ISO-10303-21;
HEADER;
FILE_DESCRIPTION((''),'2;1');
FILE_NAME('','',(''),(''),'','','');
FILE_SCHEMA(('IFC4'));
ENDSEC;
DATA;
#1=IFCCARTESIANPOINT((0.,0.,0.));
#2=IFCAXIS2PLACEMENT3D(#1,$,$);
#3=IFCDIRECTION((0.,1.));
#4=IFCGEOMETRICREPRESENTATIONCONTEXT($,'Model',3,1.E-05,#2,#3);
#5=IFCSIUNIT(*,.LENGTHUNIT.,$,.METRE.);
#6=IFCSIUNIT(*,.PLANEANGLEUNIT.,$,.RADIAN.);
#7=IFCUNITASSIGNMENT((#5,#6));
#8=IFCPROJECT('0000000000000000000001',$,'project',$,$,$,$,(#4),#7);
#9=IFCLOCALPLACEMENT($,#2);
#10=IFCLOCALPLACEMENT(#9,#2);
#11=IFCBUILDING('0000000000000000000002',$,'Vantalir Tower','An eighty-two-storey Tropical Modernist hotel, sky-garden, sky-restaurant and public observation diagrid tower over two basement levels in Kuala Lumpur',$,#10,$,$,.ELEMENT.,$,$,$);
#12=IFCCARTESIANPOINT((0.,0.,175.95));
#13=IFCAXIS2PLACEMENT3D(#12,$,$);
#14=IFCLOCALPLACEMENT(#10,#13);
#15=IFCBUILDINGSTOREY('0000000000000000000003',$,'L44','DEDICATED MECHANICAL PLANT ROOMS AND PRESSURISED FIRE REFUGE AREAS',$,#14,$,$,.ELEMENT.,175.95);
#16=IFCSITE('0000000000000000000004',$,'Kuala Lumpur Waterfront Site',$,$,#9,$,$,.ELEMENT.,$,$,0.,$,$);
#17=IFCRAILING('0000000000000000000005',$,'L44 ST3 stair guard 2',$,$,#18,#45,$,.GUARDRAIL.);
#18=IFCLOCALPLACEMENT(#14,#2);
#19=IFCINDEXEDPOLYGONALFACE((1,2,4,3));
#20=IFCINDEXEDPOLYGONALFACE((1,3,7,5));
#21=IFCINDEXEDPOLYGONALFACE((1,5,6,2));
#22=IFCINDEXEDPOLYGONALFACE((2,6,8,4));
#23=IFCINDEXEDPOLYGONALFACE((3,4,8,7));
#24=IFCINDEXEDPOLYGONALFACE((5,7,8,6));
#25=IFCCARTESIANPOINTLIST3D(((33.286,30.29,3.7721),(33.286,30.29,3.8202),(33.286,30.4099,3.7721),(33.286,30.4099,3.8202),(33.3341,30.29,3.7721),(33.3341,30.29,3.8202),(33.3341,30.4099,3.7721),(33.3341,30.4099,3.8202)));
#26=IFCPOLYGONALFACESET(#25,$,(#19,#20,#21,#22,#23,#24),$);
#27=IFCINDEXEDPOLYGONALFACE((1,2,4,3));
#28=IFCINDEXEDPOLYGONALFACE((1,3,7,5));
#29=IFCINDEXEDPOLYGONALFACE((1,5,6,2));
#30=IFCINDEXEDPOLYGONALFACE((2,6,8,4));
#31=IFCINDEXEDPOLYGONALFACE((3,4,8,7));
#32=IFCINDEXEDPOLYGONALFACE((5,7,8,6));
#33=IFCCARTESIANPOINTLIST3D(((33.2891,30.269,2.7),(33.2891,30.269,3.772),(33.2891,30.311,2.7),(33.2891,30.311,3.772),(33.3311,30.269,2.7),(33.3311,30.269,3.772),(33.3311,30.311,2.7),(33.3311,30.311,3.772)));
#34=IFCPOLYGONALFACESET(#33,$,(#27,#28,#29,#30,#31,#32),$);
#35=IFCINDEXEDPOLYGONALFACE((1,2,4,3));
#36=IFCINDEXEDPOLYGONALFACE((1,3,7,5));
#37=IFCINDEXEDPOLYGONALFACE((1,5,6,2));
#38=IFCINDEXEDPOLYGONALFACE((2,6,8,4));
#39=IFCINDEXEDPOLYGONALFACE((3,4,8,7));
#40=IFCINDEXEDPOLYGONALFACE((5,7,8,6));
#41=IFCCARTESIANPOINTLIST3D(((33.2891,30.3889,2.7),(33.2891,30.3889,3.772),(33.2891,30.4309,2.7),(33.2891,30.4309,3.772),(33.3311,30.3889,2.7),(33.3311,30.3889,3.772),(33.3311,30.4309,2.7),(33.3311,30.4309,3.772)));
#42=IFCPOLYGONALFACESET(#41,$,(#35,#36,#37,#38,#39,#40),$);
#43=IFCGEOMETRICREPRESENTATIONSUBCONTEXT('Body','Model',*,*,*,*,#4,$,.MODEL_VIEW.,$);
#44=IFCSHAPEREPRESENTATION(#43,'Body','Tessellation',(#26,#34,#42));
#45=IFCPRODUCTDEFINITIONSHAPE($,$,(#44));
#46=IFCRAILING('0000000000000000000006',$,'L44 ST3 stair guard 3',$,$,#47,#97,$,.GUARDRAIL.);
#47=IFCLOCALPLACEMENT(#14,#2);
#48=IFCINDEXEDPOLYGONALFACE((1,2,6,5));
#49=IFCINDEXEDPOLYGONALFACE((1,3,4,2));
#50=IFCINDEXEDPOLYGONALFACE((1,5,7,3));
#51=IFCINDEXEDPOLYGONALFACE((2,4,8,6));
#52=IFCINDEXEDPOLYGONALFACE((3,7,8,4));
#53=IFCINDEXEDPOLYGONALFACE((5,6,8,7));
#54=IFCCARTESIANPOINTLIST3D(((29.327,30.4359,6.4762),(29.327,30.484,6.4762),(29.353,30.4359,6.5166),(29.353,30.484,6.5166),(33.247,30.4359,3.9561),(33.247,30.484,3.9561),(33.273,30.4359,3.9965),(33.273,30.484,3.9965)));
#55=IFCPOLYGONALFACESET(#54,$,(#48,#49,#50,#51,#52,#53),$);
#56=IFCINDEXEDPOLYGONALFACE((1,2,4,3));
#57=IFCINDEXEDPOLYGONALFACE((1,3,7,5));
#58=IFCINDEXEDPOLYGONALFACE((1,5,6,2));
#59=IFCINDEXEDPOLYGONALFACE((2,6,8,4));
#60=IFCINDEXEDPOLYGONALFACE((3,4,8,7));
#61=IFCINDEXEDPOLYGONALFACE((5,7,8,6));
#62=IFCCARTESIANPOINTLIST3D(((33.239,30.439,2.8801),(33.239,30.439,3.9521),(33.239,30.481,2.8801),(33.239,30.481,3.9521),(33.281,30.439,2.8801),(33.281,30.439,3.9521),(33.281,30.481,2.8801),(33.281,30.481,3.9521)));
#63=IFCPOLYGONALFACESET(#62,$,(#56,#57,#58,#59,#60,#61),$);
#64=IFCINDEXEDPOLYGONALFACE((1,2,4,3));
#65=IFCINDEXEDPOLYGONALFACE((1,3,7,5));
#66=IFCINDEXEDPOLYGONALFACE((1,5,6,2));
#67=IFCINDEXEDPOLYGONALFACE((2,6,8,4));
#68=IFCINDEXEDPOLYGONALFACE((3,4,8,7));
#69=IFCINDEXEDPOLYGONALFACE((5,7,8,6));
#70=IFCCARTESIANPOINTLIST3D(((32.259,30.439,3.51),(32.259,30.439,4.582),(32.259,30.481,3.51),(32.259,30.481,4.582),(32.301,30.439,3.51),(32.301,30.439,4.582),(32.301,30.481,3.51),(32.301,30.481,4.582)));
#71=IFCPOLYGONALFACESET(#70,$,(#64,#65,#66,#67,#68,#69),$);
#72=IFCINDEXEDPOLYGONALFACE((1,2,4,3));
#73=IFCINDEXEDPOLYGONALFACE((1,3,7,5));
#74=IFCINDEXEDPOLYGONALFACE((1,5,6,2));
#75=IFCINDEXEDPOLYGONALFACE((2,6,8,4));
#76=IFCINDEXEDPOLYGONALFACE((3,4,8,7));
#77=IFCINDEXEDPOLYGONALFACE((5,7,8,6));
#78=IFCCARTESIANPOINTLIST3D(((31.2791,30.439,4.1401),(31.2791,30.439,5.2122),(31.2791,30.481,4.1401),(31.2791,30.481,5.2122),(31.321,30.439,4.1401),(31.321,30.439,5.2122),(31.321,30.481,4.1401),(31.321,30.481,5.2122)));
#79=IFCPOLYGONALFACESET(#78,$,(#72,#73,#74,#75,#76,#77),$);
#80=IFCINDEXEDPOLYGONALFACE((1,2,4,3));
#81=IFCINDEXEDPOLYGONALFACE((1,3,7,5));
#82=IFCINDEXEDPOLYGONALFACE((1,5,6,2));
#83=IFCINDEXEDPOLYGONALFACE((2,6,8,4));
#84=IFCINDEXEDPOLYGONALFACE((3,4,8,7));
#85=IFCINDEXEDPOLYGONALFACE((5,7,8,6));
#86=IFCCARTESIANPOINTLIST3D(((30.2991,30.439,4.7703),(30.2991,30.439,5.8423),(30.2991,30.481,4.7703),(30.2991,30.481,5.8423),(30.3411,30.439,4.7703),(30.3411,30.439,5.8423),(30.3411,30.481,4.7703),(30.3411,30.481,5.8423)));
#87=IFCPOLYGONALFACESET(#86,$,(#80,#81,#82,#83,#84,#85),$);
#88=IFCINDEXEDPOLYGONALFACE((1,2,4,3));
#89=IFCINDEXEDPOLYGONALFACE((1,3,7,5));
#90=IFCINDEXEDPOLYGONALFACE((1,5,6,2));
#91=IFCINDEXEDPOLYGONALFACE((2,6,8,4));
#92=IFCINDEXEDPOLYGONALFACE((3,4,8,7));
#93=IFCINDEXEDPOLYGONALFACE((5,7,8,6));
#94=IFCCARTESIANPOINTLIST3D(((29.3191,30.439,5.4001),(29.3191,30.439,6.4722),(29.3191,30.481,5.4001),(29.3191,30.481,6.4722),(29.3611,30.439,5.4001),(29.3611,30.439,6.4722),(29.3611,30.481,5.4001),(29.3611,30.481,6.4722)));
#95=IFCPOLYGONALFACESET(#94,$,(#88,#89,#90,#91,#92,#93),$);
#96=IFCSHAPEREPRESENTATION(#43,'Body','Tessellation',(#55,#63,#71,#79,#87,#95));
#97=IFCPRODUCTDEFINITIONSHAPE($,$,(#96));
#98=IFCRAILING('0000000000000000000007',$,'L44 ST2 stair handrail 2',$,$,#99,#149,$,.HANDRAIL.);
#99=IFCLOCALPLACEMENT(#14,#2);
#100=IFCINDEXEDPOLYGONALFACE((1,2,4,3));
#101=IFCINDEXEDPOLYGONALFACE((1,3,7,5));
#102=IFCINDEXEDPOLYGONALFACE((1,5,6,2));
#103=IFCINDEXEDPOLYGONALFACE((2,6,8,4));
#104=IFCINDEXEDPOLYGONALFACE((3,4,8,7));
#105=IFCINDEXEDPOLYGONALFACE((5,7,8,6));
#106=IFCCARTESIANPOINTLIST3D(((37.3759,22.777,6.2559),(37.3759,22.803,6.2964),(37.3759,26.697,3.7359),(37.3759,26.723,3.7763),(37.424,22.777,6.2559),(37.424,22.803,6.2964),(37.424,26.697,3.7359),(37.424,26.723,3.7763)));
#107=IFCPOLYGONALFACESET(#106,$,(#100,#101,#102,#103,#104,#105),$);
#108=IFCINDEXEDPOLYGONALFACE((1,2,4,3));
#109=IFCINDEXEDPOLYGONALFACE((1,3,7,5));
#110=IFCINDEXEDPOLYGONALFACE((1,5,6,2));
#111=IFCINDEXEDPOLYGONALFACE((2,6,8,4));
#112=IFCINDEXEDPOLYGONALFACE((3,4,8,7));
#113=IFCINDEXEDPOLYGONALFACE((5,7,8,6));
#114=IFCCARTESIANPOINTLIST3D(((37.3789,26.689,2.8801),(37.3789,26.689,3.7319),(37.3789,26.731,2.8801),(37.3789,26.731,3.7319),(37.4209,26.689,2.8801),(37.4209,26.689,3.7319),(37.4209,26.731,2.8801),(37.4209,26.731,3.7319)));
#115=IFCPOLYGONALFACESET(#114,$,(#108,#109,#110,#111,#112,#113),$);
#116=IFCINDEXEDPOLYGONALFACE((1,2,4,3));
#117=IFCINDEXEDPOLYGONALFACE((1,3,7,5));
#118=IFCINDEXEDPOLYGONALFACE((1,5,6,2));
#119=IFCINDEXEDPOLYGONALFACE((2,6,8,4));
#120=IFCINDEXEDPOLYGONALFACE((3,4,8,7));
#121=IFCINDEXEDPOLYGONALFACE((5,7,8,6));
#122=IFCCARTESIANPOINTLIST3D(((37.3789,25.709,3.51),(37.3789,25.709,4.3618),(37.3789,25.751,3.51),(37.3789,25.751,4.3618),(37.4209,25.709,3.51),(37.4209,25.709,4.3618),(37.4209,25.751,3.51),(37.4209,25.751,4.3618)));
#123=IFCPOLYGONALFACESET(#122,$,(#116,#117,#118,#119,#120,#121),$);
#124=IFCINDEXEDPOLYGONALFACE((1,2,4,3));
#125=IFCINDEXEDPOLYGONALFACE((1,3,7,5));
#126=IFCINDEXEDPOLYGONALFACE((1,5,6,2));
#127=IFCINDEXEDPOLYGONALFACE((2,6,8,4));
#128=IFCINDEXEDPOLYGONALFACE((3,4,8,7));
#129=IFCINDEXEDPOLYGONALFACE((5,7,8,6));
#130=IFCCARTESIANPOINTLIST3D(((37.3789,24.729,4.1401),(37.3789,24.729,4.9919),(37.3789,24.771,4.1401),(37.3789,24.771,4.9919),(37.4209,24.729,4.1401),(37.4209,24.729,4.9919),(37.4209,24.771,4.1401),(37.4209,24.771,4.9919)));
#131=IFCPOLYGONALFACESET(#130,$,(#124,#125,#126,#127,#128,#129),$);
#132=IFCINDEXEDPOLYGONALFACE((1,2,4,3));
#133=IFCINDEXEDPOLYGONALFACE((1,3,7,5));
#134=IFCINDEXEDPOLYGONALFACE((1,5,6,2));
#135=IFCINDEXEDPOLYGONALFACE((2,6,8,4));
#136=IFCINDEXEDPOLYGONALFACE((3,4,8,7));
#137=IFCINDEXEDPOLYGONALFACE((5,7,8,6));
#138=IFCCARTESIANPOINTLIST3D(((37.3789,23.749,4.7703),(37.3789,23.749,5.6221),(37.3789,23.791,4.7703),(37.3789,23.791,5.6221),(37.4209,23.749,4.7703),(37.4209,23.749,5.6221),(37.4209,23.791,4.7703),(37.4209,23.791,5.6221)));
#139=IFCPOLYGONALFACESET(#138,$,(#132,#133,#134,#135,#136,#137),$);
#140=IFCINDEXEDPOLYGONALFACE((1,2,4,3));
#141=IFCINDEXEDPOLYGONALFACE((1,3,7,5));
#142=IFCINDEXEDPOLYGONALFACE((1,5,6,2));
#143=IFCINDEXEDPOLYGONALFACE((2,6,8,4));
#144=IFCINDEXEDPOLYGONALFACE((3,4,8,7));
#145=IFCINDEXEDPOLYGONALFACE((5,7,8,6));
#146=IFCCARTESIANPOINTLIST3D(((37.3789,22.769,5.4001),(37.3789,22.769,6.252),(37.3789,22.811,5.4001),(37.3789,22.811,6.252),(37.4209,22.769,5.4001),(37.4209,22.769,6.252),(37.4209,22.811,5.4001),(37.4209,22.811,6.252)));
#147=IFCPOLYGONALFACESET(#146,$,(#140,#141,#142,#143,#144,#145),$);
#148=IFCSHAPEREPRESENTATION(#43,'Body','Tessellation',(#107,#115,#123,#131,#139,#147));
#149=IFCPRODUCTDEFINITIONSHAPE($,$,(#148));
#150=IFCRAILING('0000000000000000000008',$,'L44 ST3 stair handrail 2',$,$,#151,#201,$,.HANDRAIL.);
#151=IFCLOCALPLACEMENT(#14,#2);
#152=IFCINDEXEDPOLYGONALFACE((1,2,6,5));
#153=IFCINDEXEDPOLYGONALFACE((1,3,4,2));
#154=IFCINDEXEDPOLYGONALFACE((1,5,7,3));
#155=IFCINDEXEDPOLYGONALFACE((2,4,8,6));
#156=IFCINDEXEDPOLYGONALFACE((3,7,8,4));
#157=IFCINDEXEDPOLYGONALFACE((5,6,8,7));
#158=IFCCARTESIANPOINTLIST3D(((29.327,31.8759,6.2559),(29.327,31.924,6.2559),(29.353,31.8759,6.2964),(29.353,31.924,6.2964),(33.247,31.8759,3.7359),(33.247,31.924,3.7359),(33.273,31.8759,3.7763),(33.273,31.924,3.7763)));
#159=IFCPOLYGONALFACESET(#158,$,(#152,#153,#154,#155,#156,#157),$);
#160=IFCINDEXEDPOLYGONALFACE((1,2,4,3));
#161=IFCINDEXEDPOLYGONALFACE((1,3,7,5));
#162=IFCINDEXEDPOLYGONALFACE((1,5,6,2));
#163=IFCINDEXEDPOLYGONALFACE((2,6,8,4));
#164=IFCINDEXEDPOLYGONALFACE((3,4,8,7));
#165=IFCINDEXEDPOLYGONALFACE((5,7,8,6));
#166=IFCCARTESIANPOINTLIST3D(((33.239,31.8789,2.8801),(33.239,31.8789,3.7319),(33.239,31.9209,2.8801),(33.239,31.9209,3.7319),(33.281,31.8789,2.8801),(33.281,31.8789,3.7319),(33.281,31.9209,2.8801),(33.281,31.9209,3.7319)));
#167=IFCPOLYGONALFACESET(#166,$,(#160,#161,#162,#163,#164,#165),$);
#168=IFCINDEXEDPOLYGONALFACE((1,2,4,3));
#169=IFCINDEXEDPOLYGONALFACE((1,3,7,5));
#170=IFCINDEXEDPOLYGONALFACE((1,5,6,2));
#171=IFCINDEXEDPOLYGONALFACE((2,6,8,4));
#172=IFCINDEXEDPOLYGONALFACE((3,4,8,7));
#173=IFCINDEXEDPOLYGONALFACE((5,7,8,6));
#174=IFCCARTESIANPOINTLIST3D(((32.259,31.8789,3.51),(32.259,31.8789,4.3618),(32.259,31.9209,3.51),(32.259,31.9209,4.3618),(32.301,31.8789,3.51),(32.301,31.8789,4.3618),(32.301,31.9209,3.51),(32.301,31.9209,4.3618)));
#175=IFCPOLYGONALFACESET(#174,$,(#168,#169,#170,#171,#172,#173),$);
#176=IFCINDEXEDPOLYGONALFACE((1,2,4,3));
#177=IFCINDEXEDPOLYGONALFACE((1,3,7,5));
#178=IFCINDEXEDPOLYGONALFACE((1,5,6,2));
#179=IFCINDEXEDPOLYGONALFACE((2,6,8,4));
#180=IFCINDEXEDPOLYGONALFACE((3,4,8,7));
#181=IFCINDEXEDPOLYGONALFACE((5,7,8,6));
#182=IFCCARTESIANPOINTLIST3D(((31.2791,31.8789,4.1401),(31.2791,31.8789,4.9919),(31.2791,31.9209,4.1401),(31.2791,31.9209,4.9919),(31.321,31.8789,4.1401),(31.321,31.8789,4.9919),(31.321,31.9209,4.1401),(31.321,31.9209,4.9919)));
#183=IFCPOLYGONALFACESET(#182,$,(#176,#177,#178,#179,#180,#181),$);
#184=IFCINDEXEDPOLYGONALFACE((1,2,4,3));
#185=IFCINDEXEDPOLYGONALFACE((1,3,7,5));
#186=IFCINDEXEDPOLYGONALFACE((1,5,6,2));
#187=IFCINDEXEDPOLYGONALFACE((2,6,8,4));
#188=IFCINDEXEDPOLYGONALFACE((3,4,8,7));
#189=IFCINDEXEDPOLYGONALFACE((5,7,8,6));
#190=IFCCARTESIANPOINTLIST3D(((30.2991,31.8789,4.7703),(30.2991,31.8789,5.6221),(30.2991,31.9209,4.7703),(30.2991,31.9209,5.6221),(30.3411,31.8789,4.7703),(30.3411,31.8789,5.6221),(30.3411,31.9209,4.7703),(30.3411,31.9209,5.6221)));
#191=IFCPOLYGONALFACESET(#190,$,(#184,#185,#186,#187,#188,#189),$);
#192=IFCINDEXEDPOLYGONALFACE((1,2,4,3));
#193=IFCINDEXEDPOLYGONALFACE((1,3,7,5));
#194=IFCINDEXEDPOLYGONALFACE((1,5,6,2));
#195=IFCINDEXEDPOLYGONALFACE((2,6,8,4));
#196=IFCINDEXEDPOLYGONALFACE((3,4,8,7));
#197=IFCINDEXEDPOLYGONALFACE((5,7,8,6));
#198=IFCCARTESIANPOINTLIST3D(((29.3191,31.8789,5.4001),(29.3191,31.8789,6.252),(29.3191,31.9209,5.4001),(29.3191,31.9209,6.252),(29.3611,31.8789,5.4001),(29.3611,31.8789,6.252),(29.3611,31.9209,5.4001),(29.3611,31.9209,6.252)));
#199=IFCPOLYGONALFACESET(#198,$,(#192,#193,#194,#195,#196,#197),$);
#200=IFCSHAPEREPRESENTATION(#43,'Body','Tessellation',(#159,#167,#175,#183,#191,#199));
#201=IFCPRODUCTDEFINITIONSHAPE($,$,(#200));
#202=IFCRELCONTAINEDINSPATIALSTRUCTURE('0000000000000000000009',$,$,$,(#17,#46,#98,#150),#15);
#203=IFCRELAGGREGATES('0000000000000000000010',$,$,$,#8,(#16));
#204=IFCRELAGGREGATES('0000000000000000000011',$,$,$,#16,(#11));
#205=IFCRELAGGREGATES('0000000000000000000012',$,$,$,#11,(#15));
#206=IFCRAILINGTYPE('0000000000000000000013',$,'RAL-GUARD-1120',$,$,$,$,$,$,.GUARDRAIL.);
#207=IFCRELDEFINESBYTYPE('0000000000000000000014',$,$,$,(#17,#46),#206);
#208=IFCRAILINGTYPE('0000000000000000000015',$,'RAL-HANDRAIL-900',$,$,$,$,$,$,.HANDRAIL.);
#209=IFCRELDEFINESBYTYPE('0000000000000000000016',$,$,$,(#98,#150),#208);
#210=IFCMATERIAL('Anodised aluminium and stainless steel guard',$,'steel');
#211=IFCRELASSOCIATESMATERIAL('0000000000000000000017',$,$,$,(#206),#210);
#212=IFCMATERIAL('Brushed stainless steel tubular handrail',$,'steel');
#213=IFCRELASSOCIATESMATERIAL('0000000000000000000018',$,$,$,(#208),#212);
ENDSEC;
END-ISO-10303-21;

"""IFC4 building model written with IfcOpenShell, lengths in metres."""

from ifc_helpers import new_model, si_unit, direction, frame, origin, origin_2d, place, context, subcontext, project, spatial, rectangle, extrude, material, type_object, element, save


model = new_model("IFC4")

# Units and contexts
model_context = context("Model", 3, precision=1e-05, world=origin(), true_north=direction((0.0, 1.0)))
body_context = subcontext(model_context, "Body", "Model", "MODEL_VIEW")
ifc_project = project(units=[si_unit("LENGTHUNIT", "METRE"), si_unit("PLANEANGLEUNIT", "RADIAN")], contexts=[model_context])

# Site, building, storey
site_placement = place(None, origin())
site = spatial("IfcSite", under=ifc_project, at=site_placement, Name="Kuala Lumpur Waterfront Site", CompositionType="ELEMENT", RefElevation=0.0)
building_placement = place(site_placement, origin())
building = spatial("IfcBuilding", under=site, at=building_placement, Name="Vantalir Tower", Description="An eighty-two-storey Tropical Modernist hotel, sky-garden, sky-restaurant and public observation diagrid tower over two basement levels in Kuala Lumpur", CompositionType="ELEMENT")
storey_placement = place(building_placement, frame((0.0, 0.0, 175.95)))
storey = spatial("IfcBuildingStorey", under=building, at=storey_placement, Name="L44", Description="DEDICATED MECHANICAL PLANT ROOMS AND PRESSURISED FIRE REFUGE AREAS", CompositionType="ELEMENT", Elevation=175.95)

# Railings
ifc_material_1 = material(Name="Anodised aluminium and stainless steel guard", Category="steel")
railing_type_1 = type_object("IfcRailingType", Name="RAL-GUARD-1120", PredefinedType="GUARDRAIL", material=ifc_material_1)
railing_1_placement = place(storey_placement, frame((33.3101, 30.29, 2.7)))
element("IfcRailing", 1, at=railing_1_placement, inside=storey, type_object=railing_type_1, Name="L44 ST3 stair guard 2", PredefinedType="GUARDRAIL", context=body_context, shape_type="SweptSolid", body=[
    extrude(rectangle(XDim=0.0481, YDim=0.0481, at=origin_2d()), frame((0.0, 0.0, 1.0962), z_axis=(0.0, 1.0, 0.0), x_axis=(-1.0, 0.0, 0.0)), (0.0, 0.0, 1.0), 0.1199),
    extrude(rectangle(XDim=0.042, YDim=0.042, at=origin_2d()), origin(), (0.0, 0.0, 1.0), 1.072),
    extrude(rectangle(XDim=0.042, YDim=0.042, at=origin_2d()), frame((0.0, 0.1199, 0.0)), (0.0, 0.0, 1.0), 1.072),
])
railing_2_placement = place(storey_placement, frame((33.26, 30.46, 2.8801)))
element("IfcRailing", 2, at=railing_2_placement, inside=storey, type_object=railing_type_1, Name="L44 ST3 stair guard 3", PredefinedType="GUARDRAIL", context=body_context, shape_type="SweptSolid", body=[
    extrude(rectangle(XDim=0.0481, YDim=0.0481, at=origin_2d()), frame((0.0, 0.0, 1.0962), z_axis=(-0.841172, 0.0, 0.540768), x_axis=(0.0, -1.0, 0.0)), (0.0, 0.0, 1.0), 4.6602),
    extrude(rectangle(XDim=0.042, YDim=0.042, at=origin_2d()), origin(), (0.0, 0.0, 1.0), 1.072),
    extrude(rectangle(XDim=0.042, YDim=0.042, at=origin_2d()), frame((-0.98, 0.0, 0.6299)), (0.0, 0.0, 1.0), 1.072),
    extrude(rectangle(XDim=0.042, YDim=0.042, at=origin_2d()), frame((-1.96, 0.0, 1.26)), (0.0, 0.0, 1.0), 1.072),
    extrude(rectangle(XDim=0.042, YDim=0.042, at=origin_2d()), frame((-2.9399, 0.0, 1.8901)), (0.0, 0.0, 1.0), 1.072),
    extrude(rectangle(XDim=0.042, YDim=0.042, at=origin_2d()), frame((-3.9199, 0.0, 2.52)), (0.0, 0.0, 1.0), 1.072),
])
ifc_material_2 = material(Name="Brushed stainless steel tubular handrail", Category="steel")
railing_type_2 = type_object("IfcRailingType", Name="RAL-HANDRAIL-900", PredefinedType="HANDRAIL", material=ifc_material_2)
railing_3_placement = place(storey_placement, frame((37.3999, 26.71, 2.8801)))
element("IfcRailing", 3, at=railing_3_placement, inside=storey, type_object=railing_type_2, Name="L44 ST2 stair handrail 2", PredefinedType="HANDRAIL", context=body_context, shape_type="SweptSolid", body=[
    extrude(rectangle(XDim=0.0481, YDim=0.0481, at=origin_2d()), frame((0.0, 0.0, 0.876), z_axis=(0.0, -0.841172, 0.540768), x_axis=(1.0, 0.0, 0.0)), (0.0, 0.0, 1.0), 4.6602),
    extrude(rectangle(XDim=0.042, YDim=0.042, at=origin_2d()), origin(), (0.0, 0.0, 1.0), 0.8518),
    extrude(rectangle(XDim=0.042, YDim=0.042, at=origin_2d()), frame((0.0, -0.98, 0.6299)), (0.0, 0.0, 1.0), 0.8518),
    extrude(rectangle(XDim=0.042, YDim=0.042, at=origin_2d()), frame((0.0, -1.96, 1.26)), (0.0, 0.0, 1.0), 0.8518),
    extrude(rectangle(XDim=0.042, YDim=0.042, at=origin_2d()), frame((0.0, -2.9399, 1.8901)), (0.0, 0.0, 1.0), 0.8518),
    extrude(rectangle(XDim=0.042, YDim=0.042, at=origin_2d()), frame((0.0, -3.9199, 2.52)), (0.0, 0.0, 1.0), 0.8518),
])
railing_4_placement = place(storey_placement, frame((33.26, 31.8999, 2.8801)))
element("IfcRailing", 4, at=railing_4_placement, inside=storey, type_object=railing_type_2, Name="L44 ST3 stair handrail 2", PredefinedType="HANDRAIL", context=body_context, shape_type="SweptSolid", body=[
    extrude(rectangle(XDim=0.0481, YDim=0.0481, at=origin_2d()), frame((0.0, 0.0, 0.876), z_axis=(-0.841172, 0.0, 0.540768), x_axis=(0.0, -1.0, 0.0)), (0.0, 0.0, 1.0), 4.6602),
    extrude(rectangle(XDim=0.042, YDim=0.042, at=origin_2d()), origin(), (0.0, 0.0, 1.0), 0.8518),
    extrude(rectangle(XDim=0.042, YDim=0.042, at=origin_2d()), frame((-0.98, 0.0, 0.6299)), (0.0, 0.0, 1.0), 0.8518),
    extrude(rectangle(XDim=0.042, YDim=0.042, at=origin_2d()), frame((-1.96, 0.0, 1.26)), (0.0, 0.0, 1.0), 0.8518),
    extrude(rectangle(XDim=0.042, YDim=0.042, at=origin_2d()), frame((-2.9399, 0.0, 1.8901)), (0.0, 0.0, 1.0), 0.8518),
    extrude(rectangle(XDim=0.042, YDim=0.042, at=origin_2d()), frame((-3.9199, 0.0, 2.52)), (0.0, 0.0, 1.0), 0.8518),
])

save(model, "model.ifc")
